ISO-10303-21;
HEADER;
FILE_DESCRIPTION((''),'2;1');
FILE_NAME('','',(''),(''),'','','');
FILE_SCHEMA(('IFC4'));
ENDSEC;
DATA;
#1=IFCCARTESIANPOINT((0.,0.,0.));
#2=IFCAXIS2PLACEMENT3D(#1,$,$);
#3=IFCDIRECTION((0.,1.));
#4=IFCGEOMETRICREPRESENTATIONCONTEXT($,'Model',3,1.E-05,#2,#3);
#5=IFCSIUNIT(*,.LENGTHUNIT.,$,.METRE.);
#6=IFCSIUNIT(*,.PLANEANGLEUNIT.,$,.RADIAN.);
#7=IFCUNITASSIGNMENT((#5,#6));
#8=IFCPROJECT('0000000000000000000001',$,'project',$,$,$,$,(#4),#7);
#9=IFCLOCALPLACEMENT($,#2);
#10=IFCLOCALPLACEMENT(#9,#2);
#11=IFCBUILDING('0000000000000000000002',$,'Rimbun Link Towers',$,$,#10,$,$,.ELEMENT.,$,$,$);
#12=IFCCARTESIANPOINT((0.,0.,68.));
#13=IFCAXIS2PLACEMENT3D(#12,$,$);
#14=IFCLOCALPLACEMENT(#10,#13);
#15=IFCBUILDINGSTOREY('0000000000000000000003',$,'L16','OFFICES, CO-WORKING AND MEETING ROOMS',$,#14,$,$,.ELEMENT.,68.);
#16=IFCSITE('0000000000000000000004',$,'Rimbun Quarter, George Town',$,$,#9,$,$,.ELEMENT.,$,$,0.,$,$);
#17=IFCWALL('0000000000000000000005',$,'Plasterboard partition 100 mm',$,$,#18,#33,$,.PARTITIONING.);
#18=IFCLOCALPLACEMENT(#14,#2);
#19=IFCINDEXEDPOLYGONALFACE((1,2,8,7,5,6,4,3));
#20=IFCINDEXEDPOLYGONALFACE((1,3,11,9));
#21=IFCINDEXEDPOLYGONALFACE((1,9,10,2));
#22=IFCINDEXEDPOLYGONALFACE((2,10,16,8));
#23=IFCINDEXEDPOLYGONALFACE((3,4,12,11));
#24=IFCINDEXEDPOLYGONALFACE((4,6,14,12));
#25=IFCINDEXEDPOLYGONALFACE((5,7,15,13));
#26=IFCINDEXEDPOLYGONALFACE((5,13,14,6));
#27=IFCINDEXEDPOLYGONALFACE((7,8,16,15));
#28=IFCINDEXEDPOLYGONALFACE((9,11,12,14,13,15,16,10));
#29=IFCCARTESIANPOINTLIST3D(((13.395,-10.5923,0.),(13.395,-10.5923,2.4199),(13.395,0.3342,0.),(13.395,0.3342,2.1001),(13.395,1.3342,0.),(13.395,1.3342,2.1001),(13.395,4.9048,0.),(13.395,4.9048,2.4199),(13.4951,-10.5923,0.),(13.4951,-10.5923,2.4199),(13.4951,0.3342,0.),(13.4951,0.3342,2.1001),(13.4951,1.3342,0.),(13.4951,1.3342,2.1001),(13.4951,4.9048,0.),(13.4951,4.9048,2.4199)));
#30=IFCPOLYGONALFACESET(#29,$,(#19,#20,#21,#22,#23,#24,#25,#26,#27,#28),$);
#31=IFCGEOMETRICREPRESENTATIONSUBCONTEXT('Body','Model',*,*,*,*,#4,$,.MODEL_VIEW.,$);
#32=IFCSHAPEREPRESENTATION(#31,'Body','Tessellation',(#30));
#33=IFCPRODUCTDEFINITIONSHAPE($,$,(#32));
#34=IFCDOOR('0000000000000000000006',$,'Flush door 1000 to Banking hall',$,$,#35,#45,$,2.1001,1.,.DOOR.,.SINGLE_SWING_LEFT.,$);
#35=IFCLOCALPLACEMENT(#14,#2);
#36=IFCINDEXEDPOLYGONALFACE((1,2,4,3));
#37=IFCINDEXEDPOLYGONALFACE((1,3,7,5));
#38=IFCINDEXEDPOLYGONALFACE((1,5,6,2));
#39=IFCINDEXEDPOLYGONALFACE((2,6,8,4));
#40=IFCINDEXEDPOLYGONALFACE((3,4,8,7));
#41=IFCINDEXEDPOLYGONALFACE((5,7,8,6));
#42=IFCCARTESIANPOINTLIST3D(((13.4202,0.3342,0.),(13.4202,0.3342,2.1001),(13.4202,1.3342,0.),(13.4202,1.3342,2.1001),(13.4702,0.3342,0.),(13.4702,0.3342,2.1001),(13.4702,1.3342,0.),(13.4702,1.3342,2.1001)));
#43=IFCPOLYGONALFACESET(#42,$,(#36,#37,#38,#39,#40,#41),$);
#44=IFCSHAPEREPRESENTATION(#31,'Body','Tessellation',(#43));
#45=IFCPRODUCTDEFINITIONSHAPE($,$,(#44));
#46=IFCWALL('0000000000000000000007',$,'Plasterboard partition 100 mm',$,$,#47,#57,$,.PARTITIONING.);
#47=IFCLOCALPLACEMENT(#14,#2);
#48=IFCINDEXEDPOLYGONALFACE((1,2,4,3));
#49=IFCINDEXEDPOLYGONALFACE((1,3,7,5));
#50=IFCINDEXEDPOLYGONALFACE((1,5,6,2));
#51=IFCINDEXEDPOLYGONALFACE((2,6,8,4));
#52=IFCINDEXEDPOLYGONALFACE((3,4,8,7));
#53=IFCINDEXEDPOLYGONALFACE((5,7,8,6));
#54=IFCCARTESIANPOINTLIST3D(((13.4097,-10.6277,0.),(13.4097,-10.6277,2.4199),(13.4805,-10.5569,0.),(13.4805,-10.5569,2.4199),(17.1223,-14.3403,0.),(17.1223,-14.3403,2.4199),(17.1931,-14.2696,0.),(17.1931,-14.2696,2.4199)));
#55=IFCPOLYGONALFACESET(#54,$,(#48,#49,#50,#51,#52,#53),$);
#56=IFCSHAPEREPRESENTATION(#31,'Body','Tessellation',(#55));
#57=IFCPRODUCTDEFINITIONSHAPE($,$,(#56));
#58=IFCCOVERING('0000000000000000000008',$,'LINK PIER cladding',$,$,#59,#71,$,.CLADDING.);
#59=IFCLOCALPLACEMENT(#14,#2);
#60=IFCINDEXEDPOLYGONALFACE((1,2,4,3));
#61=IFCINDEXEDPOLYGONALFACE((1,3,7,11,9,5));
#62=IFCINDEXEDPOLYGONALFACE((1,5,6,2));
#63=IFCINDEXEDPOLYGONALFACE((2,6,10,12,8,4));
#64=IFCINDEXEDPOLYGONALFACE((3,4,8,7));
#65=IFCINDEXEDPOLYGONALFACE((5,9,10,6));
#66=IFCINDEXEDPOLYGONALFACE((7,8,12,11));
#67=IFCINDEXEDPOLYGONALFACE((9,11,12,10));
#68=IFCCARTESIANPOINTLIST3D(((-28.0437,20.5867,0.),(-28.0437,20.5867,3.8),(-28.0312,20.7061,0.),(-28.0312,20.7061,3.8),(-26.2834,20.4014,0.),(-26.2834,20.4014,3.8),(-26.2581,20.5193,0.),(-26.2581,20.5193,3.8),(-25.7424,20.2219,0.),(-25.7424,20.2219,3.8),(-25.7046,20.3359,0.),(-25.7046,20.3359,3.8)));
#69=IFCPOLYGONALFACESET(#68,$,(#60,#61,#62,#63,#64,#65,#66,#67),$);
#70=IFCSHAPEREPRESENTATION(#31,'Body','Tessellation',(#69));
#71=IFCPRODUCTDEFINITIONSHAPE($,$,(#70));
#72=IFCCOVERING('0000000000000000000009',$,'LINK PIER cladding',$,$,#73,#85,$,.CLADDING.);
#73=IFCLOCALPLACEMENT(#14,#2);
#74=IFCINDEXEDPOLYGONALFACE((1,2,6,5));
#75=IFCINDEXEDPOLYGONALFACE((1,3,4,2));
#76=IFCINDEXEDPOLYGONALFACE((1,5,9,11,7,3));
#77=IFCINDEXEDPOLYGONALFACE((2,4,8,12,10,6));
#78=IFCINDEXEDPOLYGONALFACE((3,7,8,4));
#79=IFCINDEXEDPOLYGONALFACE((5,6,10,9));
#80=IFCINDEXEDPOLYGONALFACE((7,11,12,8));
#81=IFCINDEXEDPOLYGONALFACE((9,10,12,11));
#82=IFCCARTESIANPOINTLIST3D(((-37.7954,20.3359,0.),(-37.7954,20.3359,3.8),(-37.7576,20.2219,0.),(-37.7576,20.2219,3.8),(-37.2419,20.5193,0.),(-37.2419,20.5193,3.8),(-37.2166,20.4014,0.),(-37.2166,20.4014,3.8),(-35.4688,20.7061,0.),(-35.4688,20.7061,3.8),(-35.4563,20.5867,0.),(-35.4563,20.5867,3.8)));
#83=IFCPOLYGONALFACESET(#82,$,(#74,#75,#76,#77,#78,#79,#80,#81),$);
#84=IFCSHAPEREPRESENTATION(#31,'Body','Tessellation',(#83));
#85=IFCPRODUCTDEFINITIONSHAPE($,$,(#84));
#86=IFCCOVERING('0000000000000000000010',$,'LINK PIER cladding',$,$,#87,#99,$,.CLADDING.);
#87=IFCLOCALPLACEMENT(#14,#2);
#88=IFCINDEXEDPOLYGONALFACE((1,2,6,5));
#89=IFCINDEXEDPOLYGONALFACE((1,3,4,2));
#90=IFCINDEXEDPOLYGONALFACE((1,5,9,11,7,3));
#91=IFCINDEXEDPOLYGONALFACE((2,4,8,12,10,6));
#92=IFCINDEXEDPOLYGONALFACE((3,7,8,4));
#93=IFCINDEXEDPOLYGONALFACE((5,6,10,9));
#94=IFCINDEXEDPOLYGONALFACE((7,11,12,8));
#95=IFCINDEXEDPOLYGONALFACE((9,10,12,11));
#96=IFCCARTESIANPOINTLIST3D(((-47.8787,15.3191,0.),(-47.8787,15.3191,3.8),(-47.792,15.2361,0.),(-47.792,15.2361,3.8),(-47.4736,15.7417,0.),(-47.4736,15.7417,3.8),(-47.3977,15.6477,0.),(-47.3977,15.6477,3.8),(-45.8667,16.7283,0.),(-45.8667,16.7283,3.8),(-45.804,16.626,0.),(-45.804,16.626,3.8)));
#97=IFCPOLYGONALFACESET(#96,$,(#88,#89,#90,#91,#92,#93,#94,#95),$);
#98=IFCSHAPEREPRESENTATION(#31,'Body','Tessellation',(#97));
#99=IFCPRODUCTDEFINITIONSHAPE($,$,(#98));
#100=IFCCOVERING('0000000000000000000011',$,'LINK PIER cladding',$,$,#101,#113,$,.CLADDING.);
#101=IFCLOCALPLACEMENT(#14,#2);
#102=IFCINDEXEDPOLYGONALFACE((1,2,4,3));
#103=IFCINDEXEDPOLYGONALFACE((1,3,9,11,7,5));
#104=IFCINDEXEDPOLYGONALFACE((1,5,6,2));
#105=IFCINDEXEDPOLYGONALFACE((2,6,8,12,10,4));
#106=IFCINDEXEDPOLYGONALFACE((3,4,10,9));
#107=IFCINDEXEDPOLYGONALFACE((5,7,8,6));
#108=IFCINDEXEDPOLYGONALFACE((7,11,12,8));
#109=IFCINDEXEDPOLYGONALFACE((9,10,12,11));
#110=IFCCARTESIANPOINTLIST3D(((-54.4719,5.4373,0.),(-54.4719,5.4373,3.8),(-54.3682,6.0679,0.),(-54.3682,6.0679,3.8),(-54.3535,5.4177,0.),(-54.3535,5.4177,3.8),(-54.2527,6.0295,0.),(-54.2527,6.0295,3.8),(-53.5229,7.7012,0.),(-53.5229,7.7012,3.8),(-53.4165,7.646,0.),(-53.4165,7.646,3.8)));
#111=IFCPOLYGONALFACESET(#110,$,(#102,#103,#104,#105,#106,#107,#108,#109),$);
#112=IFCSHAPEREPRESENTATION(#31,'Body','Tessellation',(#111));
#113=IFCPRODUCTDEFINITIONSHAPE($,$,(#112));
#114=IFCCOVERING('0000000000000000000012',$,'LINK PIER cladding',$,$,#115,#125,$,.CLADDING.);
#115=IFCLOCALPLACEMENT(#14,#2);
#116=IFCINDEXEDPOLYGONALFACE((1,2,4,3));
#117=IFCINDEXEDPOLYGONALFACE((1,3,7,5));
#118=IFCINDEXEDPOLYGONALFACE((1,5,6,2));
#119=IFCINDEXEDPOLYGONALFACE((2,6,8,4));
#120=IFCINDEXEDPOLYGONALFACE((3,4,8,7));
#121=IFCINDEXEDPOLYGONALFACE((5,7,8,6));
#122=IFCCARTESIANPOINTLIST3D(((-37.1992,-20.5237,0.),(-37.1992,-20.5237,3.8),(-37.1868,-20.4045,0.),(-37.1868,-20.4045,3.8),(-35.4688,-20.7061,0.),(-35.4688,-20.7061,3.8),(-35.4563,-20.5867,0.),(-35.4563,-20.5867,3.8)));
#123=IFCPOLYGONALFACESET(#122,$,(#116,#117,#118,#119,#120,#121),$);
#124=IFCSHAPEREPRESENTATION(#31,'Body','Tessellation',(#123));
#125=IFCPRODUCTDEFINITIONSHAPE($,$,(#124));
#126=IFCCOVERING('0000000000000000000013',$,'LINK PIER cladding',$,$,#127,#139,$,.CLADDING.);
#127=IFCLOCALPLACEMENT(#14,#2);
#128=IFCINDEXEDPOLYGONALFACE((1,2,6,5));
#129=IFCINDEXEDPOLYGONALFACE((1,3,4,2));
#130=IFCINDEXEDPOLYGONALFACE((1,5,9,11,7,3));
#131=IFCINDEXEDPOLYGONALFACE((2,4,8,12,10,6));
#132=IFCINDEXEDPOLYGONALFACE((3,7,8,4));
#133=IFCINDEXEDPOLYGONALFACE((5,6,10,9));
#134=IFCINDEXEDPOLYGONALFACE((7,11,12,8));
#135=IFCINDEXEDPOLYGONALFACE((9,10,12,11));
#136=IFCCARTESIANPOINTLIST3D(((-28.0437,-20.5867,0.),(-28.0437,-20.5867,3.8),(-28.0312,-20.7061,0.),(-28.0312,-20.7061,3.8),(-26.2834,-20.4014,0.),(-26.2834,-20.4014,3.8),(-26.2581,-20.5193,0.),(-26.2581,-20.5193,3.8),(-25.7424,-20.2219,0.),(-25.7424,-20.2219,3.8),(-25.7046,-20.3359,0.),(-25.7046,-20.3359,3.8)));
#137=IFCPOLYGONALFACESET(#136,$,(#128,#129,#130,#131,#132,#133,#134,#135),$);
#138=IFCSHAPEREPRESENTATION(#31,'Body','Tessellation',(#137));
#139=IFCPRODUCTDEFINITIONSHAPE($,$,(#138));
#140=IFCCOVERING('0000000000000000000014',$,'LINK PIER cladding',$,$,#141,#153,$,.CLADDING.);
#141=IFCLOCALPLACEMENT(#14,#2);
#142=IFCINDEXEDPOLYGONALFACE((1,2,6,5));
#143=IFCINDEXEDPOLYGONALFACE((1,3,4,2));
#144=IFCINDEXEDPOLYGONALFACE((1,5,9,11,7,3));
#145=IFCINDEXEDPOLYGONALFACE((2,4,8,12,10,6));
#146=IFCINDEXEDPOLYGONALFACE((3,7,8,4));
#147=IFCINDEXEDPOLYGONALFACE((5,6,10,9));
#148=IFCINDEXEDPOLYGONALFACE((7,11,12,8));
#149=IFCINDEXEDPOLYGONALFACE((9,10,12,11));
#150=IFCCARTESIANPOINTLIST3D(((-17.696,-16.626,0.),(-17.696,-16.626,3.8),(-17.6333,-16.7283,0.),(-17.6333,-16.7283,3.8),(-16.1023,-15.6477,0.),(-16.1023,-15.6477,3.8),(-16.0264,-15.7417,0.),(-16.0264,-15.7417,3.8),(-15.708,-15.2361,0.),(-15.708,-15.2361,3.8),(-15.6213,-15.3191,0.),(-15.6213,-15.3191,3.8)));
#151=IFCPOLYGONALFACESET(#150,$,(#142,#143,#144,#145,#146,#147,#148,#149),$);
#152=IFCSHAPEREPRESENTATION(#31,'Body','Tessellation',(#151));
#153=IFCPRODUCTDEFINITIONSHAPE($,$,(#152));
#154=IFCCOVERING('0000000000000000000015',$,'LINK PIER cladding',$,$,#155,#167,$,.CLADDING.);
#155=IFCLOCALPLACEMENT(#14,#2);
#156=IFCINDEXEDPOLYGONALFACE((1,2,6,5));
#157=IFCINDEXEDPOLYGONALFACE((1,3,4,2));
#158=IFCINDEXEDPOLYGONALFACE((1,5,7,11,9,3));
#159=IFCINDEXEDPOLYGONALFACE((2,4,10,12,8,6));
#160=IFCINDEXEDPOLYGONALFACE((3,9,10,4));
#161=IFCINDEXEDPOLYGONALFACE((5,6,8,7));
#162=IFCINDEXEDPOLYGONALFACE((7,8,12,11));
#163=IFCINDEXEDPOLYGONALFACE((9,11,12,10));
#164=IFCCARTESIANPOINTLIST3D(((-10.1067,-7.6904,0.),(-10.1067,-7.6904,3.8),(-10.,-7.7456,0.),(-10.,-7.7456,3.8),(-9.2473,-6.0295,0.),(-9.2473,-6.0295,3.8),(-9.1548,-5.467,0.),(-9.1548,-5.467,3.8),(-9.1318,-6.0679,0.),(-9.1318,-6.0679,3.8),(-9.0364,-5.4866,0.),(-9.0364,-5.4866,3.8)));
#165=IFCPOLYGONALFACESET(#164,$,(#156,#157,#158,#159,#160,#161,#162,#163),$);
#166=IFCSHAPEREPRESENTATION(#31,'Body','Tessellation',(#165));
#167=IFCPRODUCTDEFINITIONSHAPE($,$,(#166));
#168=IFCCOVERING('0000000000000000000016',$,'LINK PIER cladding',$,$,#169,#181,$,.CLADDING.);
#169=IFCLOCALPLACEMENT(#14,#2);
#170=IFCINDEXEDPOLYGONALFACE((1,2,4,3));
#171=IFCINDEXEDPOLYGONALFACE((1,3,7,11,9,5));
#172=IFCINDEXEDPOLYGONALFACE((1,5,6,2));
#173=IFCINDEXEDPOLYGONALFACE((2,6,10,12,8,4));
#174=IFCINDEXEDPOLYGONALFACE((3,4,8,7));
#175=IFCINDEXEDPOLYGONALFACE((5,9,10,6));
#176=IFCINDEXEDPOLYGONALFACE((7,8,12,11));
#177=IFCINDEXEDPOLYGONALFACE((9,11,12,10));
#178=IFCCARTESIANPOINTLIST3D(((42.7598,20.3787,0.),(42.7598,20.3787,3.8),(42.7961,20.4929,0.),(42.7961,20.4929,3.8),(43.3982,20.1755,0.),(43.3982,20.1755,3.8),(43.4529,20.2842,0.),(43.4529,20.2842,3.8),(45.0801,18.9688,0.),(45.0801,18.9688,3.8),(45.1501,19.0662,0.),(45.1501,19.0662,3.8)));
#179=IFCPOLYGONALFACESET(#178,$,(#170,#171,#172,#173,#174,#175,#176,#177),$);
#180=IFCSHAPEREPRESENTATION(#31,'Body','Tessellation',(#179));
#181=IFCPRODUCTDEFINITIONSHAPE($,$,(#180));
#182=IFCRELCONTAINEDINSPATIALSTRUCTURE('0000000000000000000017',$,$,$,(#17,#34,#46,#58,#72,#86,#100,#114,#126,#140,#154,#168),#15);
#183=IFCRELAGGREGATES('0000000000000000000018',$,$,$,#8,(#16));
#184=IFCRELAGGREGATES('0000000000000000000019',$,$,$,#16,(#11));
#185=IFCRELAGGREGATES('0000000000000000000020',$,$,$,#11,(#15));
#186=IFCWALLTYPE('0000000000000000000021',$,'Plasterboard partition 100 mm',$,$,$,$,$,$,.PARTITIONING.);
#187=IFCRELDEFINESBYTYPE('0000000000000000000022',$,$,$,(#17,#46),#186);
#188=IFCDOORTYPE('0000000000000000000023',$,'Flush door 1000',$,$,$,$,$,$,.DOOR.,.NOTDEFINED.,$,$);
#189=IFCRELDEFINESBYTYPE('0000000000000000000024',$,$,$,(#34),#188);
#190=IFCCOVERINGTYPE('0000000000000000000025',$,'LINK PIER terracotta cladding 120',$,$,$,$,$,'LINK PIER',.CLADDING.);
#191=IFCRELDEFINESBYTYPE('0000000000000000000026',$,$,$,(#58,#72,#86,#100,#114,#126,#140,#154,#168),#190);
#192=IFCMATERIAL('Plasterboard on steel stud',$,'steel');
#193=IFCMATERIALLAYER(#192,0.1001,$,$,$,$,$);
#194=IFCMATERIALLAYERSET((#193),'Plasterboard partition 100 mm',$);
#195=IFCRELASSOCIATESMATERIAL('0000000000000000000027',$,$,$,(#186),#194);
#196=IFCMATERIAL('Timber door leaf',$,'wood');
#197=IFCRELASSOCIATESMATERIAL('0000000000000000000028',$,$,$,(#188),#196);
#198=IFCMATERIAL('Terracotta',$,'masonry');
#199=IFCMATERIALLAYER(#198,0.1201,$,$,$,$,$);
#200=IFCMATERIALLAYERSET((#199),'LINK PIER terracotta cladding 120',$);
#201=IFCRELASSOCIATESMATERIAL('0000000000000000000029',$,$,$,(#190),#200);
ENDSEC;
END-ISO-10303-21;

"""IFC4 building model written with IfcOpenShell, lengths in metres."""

from ifc_helpers import new_model, si_unit, direction, frame, frame_2d, origin, place, context, subcontext, project, spatial, polyline, rectangle, outline, extrude, material, layer, layer_set, type_object, element, fill, save


model = new_model("IFC4")

# Units and contexts
model_context = context("Model", 3, precision=1e-05, world=origin(), true_north=direction((0.0, 1.0)))
body_context = subcontext(model_context, "Body", "Model", "MODEL_VIEW")
ifc_project = project(units=[si_unit("LENGTHUNIT", "METRE"), si_unit("PLANEANGLEUNIT", "RADIAN")], contexts=[model_context])

# Site, building, storey
site_placement = place(None, origin())
site = spatial("IfcSite", under=ifc_project, at=site_placement, Name="Rimbun Quarter, George Town", CompositionType="ELEMENT", RefElevation=0.0)
building_placement = place(site_placement, origin())
building = spatial("IfcBuilding", under=site, at=building_placement, Name="Rimbun Link Towers", CompositionType="ELEMENT")
storey_placement = place(building_placement, frame((0.0, 0.0, 68.0)))
storey = spatial("IfcBuildingStorey", under=building, at=storey_placement, Name="L16", Description="OFFICES, CO-WORKING AND MEETING ROOMS", CompositionType="ELEMENT", Elevation=68.0)

# Wall, opening, door
ifc_material_1 = material(Name="Plasterboard on steel stud", Category="steel")
ifc_layer_1 = layer(ifc_material_1, 0.1001)
ifc_layer_set_1 = layer_set([ifc_layer_1], Name="Plasterboard partition 100 mm")
wall_type = type_object("IfcWallType", Name="Plasterboard partition 100 mm", PredefinedType="PARTITIONING", material=ifc_layer_set_1)
wall_1_placement = place(storey_placement, frame((13.4451, -10.5923, 0.0), z_axis=(0.0, 0.0, 1.0), x_axis=(0.0, 1.0, 0.0)))
wall_1 = element("IfcWall", 1, at=wall_1_placement, inside=storey, type_object=wall_type, Name="Plasterboard partition 100 mm", PredefinedType="PARTITIONING", context=body_context, shape_type="SweptSolid", body=[
    extrude(rectangle(XDim=15.4971, YDim=0.1001, at=frame_2d((7.7485, 0.0))), origin(), (0.0, 0.0, 1.0), 2.4199),
])
opening_placement = place(wall_1_placement, frame((10.9265, 0.0, 0.0)))
opening = element("IfcOpeningElement", 2, at=opening_placement, cuts=wall_1, PredefinedType="OPENING", context=body_context, shape_type="SweptSolid", body=[
    extrude(rectangle(XDim=1.0, YDim=2.1001, at=frame_2d((0.5, 1.05))), frame((0.0, 0.0601, 0.0), z_axis=(0.0, -1.0, 0.0), x_axis=(1.0, 0.0, 0.0)), (0.0, 0.0, 1.0), 0.1201),
])
ifc_material_2 = material(Name="Timber door leaf", Category="wood")
door_type = type_object("IfcDoorType", Name="Flush door 1000", OperationType="NOTDEFINED", PredefinedType="DOOR", material=ifc_material_2)
door_placement = place(opening_placement, origin())
door = element("IfcDoor", 3, at=door_placement, inside=storey, type_object=door_type, Name="Flush door 1000 to Banking hall", OperationType="SINGLE_SWING_LEFT", OverallHeight=2.1001, OverallWidth=1.0, PredefinedType="DOOR", context=body_context, shape_type="SweptSolid", body=[
    extrude(rectangle(XDim=1.0, YDim=2.1001, at=frame_2d((0.5, 1.05))), frame((0.0, 0.0249, 0.0), z_axis=(0.0, -1.0, 0.0), x_axis=(1.0, 0.0, 0.0)), (0.0, 0.0, 1.0), 0.05),
])
fill(opening, door)

# Wall
wall_2_placement = place(storey_placement, frame((13.4451, -10.5923, 0.0), z_axis=(0.0, 0.0, 1.0), x_axis=(0.707107, -0.707107, 0.0)))
element("IfcWall", 4, at=wall_2_placement, inside=storey, type_object=wall_type, Name="Plasterboard partition 100 mm", PredefinedType="PARTITIONING", context=body_context, shape_type="SweptSolid", body=[
    extrude(rectangle(XDim=5.2505, YDim=0.1001, at=frame_2d((2.6252, 0.0))), origin(), (0.0, 0.0, 1.0), 2.4199),
])

# Coverings
ifc_material_3 = material(Name="Terracotta", Category="masonry")
ifc_layer_2 = layer(ifc_material_3, 0.1201)
ifc_layer_set_2 = layer_set([ifc_layer_2], Name="LINK PIER terracotta cladding 120")
covering_type_1 = type_object("IfcCoveringType", Name="LINK PIER terracotta cladding 120", ElementType="LINK PIER", PredefinedType="CLADDING", material=ifc_layer_set_2)
covering_1_placement = place(storey_placement, origin())
element("IfcCovering", 5, at=covering_1_placement, inside=storey, type_object=covering_type_1, Name="LINK PIER cladding", PredefinedType="CLADDING", context=body_context, shape_type="SweptSolid", body=[
    extrude(outline(polyline([(-28.0437, 20.5867), (-26.2834, 20.4014), (-25.7424, 20.2219), (-25.7046, 20.3359), (-26.2581, 20.5193), (-28.0312, 20.7061), (-28.0437, 20.5867)])), origin(), (0.0, 0.0, 1.0), 3.8),
])
covering_2_placement = place(storey_placement, origin())
element("IfcCovering", 6, at=covering_2_placement, inside=storey, type_object=covering_type_1, Name="LINK PIER cladding", PredefinedType="CLADDING", context=body_context, shape_type="SweptSolid", body=[
    extrude(outline(polyline([(-37.7576, 20.2219), (-37.2166, 20.4014), (-35.4563, 20.5867), (-35.4688, 20.7061), (-37.2419, 20.5193), (-37.7954, 20.3359), (-37.7576, 20.2219)])), origin(), (0.0, 0.0, 1.0), 3.8),
])
covering_3_placement = place(storey_placement, origin())
element("IfcCovering", 7, at=covering_3_placement, inside=storey, type_object=covering_type_1, Name="LINK PIER cladding", PredefinedType="CLADDING", context=body_context, shape_type="SweptSolid", body=[
    extrude(outline(polyline([(-47.792, 15.2361), (-47.3977, 15.6477), (-45.804, 16.626), (-45.8667, 16.7283), (-47.4736, 15.7417), (-47.8787, 15.3191), (-47.792, 15.2361)])), origin(), (0.0, 0.0, 1.0), 3.8),
])
covering_4_placement = place(storey_placement, origin())
element("IfcCovering", 8, at=covering_4_placement, inside=storey, type_object=covering_type_1, Name="LINK PIER cladding", PredefinedType="CLADDING", context=body_context, shape_type="SweptSolid", body=[
    extrude(outline(polyline([(-54.3535, 5.4177), (-54.2527, 6.0295), (-53.4165, 7.646), (-53.5229, 7.7012), (-54.3682, 6.0679), (-54.4719, 5.4373), (-54.3535, 5.4177)])), origin(), (0.0, 0.0, 1.0), 3.8),
])
covering_5_placement = place(storey_placement, origin())
element("IfcCovering", 9, at=covering_5_placement, inside=storey, type_object=covering_type_1, Name="LINK PIER cladding", PredefinedType="CLADDING", context=body_context, shape_type="SweptSolid", body=[
    extrude(outline(polyline([(-35.4563, -20.5867), (-37.1868, -20.4045), (-37.1992, -20.5237), (-35.4688, -20.7061), (-35.4563, -20.5867)])), origin(), (0.0, 0.0, 1.0), 3.8),
])
covering_6_placement = place(storey_placement, origin())
element("IfcCovering", 10, at=covering_6_placement, inside=storey, type_object=covering_type_1, Name="LINK PIER cladding", PredefinedType="CLADDING", context=body_context, shape_type="SweptSolid", body=[
    extrude(outline(polyline([(-25.7424, -20.2219), (-26.2834, -20.4014), (-28.0437, -20.5867), (-28.0312, -20.7061), (-26.2581, -20.5193), (-25.7046, -20.3359), (-25.7424, -20.2219)])), origin(), (0.0, 0.0, 1.0), 3.8),
])
covering_7_placement = place(storey_placement, origin())
element("IfcCovering", 11, at=covering_7_placement, inside=storey, type_object=covering_type_1, Name="LINK PIER cladding", PredefinedType="CLADDING", context=body_context, shape_type="SweptSolid", body=[
    extrude(outline(polyline([(-15.708, -15.2361), (-16.1023, -15.6477), (-17.696, -16.626), (-17.6333, -16.7283), (-16.0264, -15.7417), (-15.6213, -15.3191), (-15.708, -15.2361)])), origin(), (0.0, 0.0, 1.0), 3.8),
])
covering_8_placement = place(storey_placement, origin())
element("IfcCovering", 12, at=covering_8_placement, inside=storey, type_object=covering_type_1, Name="LINK PIER cladding", PredefinedType="CLADDING", context=body_context, shape_type="SweptSolid", body=[
    extrude(outline(polyline([(-9.1548, -5.467), (-9.2473, -6.0295), (-10.1067, -7.6904), (-10.0, -7.7456), (-9.1318, -6.0679), (-9.0364, -5.4866), (-9.1548, -5.467)])), origin(), (0.0, 0.0, 1.0), 3.8),
])
covering_9_placement = place(storey_placement, origin())
element("IfcCovering", 13, at=covering_9_placement, inside=storey, type_object=covering_type_1, Name="LINK PIER cladding", PredefinedType="CLADDING", context=body_context, shape_type="SweptSolid", body=[
    extrude(outline(polyline([(42.7598, 20.3787), (43.3982, 20.1755), (45.0801, 18.9688), (45.1501, 19.0662), (43.4529, 20.2842), (42.7961, 20.4929), (42.7598, 20.3787)])), origin(), (0.0, 0.0, 1.0), 3.8),
])

save(model, "model.ifc")
